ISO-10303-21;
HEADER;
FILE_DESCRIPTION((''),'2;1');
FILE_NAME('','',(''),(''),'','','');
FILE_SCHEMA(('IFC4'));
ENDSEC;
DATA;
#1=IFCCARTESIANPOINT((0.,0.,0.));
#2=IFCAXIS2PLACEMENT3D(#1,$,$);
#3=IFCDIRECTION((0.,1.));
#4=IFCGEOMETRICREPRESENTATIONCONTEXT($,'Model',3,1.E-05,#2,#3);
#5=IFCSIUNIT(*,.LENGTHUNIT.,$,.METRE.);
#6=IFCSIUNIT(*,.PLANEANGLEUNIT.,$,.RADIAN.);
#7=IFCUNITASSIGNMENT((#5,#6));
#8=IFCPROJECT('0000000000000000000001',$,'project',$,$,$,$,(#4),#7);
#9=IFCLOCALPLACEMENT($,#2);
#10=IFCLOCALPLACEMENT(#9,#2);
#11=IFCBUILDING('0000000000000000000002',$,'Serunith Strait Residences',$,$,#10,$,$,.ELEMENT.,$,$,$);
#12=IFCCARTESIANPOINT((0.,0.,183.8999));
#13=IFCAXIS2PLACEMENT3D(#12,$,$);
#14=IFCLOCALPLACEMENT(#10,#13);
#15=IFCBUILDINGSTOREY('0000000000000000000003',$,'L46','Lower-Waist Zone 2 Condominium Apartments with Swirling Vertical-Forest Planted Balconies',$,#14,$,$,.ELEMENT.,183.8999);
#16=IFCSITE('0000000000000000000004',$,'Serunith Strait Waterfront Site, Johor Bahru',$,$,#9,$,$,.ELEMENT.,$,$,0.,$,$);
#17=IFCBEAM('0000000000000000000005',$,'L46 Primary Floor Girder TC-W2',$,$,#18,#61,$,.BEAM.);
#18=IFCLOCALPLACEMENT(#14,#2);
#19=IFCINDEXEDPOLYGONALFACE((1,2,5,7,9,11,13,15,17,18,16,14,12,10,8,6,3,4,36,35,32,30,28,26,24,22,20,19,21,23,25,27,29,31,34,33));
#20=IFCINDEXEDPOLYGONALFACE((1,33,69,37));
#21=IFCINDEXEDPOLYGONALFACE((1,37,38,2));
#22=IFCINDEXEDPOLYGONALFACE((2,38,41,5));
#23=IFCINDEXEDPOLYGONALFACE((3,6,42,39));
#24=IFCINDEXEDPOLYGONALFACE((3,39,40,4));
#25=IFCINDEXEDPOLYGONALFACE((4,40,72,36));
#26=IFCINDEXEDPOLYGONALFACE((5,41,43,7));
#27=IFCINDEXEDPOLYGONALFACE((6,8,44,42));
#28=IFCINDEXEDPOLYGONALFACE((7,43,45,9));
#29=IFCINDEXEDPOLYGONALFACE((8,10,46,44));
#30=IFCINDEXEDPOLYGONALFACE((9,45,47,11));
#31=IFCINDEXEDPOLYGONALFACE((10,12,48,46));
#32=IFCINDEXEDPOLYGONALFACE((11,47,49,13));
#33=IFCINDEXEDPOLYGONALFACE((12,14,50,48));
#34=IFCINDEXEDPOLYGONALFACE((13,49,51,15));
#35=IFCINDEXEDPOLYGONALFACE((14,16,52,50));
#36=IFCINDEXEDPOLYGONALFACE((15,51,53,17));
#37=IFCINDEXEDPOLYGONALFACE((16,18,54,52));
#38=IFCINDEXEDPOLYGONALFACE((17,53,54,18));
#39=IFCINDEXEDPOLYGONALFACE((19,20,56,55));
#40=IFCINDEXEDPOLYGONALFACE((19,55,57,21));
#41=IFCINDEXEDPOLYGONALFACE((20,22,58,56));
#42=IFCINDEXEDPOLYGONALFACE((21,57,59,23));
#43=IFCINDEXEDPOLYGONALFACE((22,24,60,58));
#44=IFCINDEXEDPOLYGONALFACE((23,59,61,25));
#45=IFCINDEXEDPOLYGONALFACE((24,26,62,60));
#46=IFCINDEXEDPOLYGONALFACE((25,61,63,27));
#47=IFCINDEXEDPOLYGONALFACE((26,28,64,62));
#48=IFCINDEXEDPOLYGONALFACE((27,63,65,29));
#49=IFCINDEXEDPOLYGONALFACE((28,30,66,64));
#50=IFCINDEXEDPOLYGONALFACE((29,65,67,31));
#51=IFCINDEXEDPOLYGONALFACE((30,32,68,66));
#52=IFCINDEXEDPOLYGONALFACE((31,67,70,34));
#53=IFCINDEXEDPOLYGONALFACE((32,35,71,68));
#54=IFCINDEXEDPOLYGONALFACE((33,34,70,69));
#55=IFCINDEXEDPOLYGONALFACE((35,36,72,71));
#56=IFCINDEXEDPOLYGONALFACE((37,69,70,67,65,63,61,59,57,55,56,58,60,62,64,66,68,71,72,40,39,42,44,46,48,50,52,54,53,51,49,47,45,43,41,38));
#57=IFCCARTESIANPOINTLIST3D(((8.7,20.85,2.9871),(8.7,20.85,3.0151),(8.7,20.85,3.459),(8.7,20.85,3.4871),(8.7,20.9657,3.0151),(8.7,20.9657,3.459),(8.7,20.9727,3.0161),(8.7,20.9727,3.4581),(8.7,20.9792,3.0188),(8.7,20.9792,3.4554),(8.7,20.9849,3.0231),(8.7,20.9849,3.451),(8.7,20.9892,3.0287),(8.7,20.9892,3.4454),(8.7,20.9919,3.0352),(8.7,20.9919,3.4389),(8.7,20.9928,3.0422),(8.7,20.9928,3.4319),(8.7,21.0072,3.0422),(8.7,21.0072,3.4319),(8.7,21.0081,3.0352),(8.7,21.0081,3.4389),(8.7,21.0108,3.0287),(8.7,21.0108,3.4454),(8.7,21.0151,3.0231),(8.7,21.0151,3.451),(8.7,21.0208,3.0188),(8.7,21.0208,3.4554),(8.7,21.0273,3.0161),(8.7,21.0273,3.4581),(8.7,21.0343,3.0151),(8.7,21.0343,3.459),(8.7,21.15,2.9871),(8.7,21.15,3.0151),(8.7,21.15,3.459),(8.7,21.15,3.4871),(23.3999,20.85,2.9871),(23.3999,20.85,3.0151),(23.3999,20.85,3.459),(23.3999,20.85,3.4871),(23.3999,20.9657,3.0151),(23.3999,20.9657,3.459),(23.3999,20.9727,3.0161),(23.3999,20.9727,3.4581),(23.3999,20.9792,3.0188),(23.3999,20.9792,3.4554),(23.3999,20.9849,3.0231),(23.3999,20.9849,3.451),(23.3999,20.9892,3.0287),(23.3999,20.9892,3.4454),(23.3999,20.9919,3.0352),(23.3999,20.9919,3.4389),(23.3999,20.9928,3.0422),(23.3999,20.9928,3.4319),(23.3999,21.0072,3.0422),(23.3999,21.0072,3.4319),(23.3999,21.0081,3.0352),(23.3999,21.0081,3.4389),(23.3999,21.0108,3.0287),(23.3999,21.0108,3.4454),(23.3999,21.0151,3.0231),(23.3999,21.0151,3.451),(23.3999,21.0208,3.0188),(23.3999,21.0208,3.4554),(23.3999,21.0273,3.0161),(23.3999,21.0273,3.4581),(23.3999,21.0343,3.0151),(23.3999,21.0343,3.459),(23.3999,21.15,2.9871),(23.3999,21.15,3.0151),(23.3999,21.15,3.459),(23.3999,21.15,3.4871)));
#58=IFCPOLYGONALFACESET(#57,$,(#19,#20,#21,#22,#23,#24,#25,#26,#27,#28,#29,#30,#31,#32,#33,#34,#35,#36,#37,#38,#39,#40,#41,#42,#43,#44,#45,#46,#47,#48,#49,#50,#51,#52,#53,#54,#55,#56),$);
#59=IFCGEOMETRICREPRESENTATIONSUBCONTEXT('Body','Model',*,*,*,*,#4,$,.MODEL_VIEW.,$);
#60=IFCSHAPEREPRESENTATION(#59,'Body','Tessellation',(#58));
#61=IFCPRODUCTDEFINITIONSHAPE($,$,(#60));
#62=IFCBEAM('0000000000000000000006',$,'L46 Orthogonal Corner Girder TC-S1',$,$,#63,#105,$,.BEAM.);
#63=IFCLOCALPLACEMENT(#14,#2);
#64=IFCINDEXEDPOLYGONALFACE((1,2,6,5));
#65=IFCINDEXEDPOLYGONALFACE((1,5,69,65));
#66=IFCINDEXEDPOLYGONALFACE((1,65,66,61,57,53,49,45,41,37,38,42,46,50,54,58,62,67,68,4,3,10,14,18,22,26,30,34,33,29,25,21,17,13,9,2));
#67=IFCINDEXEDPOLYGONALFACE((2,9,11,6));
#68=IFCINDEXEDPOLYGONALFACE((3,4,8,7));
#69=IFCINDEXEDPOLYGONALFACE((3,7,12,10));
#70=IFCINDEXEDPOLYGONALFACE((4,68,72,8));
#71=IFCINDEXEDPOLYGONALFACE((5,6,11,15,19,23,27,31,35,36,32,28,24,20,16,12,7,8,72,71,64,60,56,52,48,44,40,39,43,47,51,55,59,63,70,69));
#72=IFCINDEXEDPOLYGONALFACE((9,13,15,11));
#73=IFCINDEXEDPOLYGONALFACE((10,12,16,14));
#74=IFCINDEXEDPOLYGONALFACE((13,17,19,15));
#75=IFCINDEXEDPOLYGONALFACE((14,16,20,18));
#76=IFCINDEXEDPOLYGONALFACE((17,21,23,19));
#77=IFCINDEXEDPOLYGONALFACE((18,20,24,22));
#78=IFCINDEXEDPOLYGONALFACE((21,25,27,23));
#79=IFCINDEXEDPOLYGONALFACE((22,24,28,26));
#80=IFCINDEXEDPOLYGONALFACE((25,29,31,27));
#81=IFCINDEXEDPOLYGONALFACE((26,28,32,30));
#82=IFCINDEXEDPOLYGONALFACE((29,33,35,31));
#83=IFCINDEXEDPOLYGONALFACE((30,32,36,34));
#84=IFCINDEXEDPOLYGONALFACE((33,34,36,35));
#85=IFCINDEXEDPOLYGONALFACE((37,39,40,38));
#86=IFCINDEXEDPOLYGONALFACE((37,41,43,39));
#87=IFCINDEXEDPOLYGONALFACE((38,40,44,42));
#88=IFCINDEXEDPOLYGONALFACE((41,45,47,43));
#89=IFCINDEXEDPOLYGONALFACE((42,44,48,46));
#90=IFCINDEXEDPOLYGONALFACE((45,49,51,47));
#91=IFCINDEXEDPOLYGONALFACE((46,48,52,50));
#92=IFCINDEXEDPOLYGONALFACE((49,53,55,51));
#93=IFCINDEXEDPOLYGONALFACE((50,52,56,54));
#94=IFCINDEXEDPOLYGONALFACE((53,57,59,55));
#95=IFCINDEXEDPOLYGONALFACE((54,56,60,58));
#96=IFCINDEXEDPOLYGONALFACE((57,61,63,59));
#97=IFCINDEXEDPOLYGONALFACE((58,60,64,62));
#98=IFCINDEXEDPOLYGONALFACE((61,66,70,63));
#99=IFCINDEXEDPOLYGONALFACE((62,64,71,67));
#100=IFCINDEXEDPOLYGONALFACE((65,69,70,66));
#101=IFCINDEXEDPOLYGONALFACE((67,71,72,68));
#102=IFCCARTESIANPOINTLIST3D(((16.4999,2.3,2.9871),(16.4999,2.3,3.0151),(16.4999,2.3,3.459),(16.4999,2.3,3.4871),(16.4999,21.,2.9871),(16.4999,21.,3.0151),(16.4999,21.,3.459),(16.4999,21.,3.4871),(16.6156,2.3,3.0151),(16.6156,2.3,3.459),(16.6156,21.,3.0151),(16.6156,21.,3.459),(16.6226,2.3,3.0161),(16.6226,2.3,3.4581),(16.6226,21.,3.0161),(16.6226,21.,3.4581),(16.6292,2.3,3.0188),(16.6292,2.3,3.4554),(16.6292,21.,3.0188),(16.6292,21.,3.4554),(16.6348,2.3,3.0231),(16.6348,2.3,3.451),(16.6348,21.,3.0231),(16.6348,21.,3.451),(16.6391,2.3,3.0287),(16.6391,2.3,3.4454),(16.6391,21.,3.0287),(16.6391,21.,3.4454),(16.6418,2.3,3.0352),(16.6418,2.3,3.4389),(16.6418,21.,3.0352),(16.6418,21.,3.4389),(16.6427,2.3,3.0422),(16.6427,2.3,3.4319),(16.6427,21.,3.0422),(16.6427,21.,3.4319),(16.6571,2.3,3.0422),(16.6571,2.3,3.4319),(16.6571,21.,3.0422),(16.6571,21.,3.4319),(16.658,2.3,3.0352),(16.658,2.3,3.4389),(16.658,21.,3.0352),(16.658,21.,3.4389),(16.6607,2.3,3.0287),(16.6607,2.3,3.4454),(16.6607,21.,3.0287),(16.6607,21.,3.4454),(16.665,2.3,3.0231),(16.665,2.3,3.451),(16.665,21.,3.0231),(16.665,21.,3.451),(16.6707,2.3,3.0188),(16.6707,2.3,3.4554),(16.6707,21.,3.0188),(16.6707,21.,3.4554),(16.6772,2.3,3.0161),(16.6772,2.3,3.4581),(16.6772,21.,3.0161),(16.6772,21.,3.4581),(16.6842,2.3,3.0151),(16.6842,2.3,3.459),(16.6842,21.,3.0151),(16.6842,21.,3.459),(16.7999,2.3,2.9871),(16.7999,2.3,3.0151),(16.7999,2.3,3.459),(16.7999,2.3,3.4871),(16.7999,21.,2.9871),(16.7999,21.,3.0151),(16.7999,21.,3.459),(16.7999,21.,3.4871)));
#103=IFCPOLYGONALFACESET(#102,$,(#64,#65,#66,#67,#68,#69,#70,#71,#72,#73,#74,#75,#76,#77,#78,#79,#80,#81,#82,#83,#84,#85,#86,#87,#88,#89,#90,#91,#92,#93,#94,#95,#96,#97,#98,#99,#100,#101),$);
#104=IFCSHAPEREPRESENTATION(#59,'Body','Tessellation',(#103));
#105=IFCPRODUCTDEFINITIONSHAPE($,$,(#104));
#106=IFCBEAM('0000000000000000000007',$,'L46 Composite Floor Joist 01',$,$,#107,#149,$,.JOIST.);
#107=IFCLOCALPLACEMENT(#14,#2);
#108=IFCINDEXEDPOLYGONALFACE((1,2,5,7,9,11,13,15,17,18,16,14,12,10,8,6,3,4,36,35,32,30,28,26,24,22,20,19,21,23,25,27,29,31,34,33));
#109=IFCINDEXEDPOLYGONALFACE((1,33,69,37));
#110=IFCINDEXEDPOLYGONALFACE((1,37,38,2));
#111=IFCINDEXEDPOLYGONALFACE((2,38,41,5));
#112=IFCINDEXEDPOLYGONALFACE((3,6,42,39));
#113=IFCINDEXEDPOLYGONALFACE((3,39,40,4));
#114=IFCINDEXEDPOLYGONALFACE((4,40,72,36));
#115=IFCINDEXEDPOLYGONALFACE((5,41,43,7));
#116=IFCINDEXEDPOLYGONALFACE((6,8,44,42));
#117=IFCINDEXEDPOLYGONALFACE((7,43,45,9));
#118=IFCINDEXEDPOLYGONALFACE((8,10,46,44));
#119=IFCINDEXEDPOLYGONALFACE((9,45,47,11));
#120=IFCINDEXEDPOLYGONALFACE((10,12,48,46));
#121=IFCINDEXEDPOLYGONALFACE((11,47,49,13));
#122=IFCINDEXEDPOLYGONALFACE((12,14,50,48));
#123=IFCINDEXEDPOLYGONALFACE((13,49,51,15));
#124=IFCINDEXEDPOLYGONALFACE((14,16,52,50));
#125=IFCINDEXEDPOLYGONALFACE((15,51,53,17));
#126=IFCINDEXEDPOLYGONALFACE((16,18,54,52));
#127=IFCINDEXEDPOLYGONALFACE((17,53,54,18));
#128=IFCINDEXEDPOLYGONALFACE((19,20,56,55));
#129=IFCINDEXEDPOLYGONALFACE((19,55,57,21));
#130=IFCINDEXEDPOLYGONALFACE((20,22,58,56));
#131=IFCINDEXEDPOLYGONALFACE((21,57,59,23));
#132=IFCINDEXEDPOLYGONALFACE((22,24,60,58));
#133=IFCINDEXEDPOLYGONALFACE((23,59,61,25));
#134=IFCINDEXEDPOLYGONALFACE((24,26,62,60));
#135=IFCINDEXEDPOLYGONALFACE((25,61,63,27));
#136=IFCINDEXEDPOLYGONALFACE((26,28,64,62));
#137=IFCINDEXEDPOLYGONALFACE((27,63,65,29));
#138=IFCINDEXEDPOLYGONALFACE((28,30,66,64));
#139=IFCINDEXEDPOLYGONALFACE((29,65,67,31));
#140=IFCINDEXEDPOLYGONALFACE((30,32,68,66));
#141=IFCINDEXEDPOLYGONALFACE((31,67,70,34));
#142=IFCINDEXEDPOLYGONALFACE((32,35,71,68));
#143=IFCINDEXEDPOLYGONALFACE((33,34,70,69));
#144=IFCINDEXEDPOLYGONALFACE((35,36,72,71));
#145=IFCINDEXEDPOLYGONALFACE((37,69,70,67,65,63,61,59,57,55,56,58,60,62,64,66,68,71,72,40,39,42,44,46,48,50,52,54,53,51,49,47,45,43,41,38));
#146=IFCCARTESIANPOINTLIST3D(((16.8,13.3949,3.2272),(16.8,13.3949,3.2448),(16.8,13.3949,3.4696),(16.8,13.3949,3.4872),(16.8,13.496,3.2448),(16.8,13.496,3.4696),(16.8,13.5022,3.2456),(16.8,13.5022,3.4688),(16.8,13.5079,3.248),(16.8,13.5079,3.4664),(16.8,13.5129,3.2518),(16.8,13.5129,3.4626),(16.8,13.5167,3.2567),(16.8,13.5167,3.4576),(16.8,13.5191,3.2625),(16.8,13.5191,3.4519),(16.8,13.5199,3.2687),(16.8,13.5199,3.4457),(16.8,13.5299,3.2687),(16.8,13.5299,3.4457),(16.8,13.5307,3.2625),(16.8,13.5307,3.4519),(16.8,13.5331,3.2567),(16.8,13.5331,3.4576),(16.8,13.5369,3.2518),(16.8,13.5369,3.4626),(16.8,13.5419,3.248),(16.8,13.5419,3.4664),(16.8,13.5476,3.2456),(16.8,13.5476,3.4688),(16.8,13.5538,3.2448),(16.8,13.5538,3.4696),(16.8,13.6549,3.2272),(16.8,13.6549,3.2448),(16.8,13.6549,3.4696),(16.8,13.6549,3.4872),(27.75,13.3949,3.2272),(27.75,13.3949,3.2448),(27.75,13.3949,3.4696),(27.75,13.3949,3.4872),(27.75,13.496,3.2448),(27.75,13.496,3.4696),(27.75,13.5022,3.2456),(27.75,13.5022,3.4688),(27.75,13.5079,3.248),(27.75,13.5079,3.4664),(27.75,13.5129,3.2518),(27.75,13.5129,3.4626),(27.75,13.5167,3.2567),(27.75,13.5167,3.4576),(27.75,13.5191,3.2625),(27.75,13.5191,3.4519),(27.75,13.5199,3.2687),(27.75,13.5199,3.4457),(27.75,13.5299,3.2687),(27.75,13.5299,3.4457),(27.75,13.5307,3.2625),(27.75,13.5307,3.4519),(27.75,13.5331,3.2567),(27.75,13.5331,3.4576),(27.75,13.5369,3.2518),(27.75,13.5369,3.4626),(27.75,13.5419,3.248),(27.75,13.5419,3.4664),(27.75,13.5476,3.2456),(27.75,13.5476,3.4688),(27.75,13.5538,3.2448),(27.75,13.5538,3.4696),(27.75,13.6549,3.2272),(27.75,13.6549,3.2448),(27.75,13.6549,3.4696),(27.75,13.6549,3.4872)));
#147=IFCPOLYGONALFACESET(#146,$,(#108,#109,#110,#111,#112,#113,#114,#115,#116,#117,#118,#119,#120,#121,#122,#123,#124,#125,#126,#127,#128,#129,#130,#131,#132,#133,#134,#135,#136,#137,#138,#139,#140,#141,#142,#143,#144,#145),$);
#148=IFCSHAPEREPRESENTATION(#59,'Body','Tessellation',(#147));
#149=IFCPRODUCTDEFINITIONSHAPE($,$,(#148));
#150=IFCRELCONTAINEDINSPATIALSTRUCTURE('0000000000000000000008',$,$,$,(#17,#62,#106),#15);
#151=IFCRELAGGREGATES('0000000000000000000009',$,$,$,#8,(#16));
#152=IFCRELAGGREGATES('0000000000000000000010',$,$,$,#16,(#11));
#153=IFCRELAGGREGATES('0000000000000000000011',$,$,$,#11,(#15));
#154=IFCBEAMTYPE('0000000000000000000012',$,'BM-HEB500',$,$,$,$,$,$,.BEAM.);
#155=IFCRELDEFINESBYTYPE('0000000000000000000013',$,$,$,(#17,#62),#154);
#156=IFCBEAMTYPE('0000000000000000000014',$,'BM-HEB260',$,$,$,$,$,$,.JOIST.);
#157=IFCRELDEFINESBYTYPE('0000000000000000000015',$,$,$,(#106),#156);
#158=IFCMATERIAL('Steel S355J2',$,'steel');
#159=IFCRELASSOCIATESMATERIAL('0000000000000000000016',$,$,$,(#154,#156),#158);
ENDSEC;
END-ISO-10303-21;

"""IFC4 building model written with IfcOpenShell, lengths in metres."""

from ifc_helpers import new_model, si_unit, direction, frame, origin, origin_2d, place, context, subcontext, project, spatial, i_section, extrude, source, transform, mapped, material, material_profile, profile_set, type_object, element, save


model = new_model("IFC4")

# Units and contexts
model_context = context("Model", 3, precision=1e-05, world=origin(), true_north=direction((0.0, 1.0)))
body_context = subcontext(model_context, "Body", "Model", "MODEL_VIEW")
ifc_project = project(units=[si_unit("LENGTHUNIT", "METRE"), si_unit("PLANEANGLEUNIT", "RADIAN")], contexts=[model_context])

# Site, building, storey
site_placement = place(None, origin())
site = spatial("IfcSite", under=ifc_project, at=site_placement, Name="Serunith Strait Waterfront Site, Johor Bahru", CompositionType="ELEMENT", RefElevation=0.0)
building_placement = place(site_placement, origin())
building = spatial("IfcBuilding", under=site, at=building_placement, Name="Serunith Strait Residences", CompositionType="ELEMENT")
storey_placement = place(building_placement, frame((0.0, 0.0, 183.8999)))
storey = spatial("IfcBuildingStorey", under=building, at=storey_placement, Name="L46", Description="Lower-Waist Zone 2 Condominium Apartments with Swirling Vertical-Forest Planted Balconies", CompositionType="ELEMENT", Elevation=183.8999)

# Beams
ifc_material_1 = material(Name="Steel S355J2", Category="steel")
ifc_material_profile_1 = material_profile(ifc_material_1, i_section(OverallWidth=0.3, OverallDepth=0.5, WebThickness=0.0144, FlangeThickness=0.0281, FilletRadius=0.0271, at=origin_2d()), Name="HEB 500")
ifc_profile_set_1 = profile_set([ifc_material_profile_1], Name="Steel S355J2")
beam_type_1 = type_object("IfcBeamType", Name="BM-HEB500", PredefinedType="BEAM", material=ifc_profile_set_1)
shared_shape_1 = source(origin(), body_context, "Body", "SweptSolid", [
    extrude(i_section(OverallWidth=0.3, OverallDepth=0.5, WebThickness=0.0144, FlangeThickness=0.0281, FilletRadius=0.0271, at=origin_2d()), origin(), (0.0, 0.0, 1.0), 14.7),
])
beam_1_placement = place(storey_placement, frame((23.3999, 21.0, 3.2371), z_axis=(-1.0, 0.0, 0.0), x_axis=(0.0, -1.0, 0.0)))
element("IfcBeam", 1, at=beam_1_placement, inside=storey, type_object=beam_type_1, Name="L46 Primary Floor Girder TC-W2", PredefinedType="BEAM", context=body_context, shape_type="MappedRepresentation", body=[
    mapped(shared_shape_1, transform((0.0, 0.0, 0.0), scale=1.0)),
])
shared_shape_2 = source(origin(), body_context, "Body", "SweptSolid", [
    extrude(i_section(OverallWidth=0.3, OverallDepth=0.5, WebThickness=0.0144, FlangeThickness=0.0281, FilletRadius=0.0271, at=origin_2d()), origin(), (0.0, 0.0, 1.0), 18.7),
])
beam_2_placement = place(storey_placement, frame((16.6499, 21.0, 3.2371), z_axis=(0.0, -1.0, 0.0), x_axis=(1.0, 0.0, 0.0)))
element("IfcBeam", 2, at=beam_2_placement, inside=storey, type_object=beam_type_1, Name="L46 Orthogonal Corner Girder TC-S1", PredefinedType="BEAM", context=body_context, shape_type="MappedRepresentation", body=[
    mapped(shared_shape_2, transform((0.0, 0.0, 0.0), scale=1.0)),
])
ifc_material_profile_2 = material_profile(ifc_material_1, i_section(OverallWidth=0.26, OverallDepth=0.26, WebThickness=0.01, FlangeThickness=0.0176, FilletRadius=0.0239, at=origin_2d()), Name="HEB 260")
ifc_profile_set_2 = profile_set([ifc_material_profile_2], Name="Steel S355J2")
beam_type_2 = type_object("IfcBeamType", Name="BM-HEB260", PredefinedType="JOIST", material=ifc_profile_set_2)
shared_shape_3 = source(origin(), body_context, "Body", "SweptSolid", [
    extrude(i_section(OverallWidth=0.26, OverallDepth=0.26, WebThickness=0.01, FlangeThickness=0.0176, FilletRadius=0.0239, at=origin_2d()), origin(), (0.0, 0.0, 1.0), 10.95),
])
beam_3_placement = place(storey_placement, frame((16.8, 13.5249, 3.3572), z_axis=(1.0, 0.0, 0.0), x_axis=(0.0, 1.0, 0.0)))
element("IfcBeam", 3, at=beam_3_placement, inside=storey, type_object=beam_type_2, Name="L46 Composite Floor Joist 01", PredefinedType="JOIST", context=body_context, shape_type="MappedRepresentation", body=[
    mapped(shared_shape_3, transform((0.0, 0.0, 0.0), scale=1.0)),
])

save(model, "model.ifc")
